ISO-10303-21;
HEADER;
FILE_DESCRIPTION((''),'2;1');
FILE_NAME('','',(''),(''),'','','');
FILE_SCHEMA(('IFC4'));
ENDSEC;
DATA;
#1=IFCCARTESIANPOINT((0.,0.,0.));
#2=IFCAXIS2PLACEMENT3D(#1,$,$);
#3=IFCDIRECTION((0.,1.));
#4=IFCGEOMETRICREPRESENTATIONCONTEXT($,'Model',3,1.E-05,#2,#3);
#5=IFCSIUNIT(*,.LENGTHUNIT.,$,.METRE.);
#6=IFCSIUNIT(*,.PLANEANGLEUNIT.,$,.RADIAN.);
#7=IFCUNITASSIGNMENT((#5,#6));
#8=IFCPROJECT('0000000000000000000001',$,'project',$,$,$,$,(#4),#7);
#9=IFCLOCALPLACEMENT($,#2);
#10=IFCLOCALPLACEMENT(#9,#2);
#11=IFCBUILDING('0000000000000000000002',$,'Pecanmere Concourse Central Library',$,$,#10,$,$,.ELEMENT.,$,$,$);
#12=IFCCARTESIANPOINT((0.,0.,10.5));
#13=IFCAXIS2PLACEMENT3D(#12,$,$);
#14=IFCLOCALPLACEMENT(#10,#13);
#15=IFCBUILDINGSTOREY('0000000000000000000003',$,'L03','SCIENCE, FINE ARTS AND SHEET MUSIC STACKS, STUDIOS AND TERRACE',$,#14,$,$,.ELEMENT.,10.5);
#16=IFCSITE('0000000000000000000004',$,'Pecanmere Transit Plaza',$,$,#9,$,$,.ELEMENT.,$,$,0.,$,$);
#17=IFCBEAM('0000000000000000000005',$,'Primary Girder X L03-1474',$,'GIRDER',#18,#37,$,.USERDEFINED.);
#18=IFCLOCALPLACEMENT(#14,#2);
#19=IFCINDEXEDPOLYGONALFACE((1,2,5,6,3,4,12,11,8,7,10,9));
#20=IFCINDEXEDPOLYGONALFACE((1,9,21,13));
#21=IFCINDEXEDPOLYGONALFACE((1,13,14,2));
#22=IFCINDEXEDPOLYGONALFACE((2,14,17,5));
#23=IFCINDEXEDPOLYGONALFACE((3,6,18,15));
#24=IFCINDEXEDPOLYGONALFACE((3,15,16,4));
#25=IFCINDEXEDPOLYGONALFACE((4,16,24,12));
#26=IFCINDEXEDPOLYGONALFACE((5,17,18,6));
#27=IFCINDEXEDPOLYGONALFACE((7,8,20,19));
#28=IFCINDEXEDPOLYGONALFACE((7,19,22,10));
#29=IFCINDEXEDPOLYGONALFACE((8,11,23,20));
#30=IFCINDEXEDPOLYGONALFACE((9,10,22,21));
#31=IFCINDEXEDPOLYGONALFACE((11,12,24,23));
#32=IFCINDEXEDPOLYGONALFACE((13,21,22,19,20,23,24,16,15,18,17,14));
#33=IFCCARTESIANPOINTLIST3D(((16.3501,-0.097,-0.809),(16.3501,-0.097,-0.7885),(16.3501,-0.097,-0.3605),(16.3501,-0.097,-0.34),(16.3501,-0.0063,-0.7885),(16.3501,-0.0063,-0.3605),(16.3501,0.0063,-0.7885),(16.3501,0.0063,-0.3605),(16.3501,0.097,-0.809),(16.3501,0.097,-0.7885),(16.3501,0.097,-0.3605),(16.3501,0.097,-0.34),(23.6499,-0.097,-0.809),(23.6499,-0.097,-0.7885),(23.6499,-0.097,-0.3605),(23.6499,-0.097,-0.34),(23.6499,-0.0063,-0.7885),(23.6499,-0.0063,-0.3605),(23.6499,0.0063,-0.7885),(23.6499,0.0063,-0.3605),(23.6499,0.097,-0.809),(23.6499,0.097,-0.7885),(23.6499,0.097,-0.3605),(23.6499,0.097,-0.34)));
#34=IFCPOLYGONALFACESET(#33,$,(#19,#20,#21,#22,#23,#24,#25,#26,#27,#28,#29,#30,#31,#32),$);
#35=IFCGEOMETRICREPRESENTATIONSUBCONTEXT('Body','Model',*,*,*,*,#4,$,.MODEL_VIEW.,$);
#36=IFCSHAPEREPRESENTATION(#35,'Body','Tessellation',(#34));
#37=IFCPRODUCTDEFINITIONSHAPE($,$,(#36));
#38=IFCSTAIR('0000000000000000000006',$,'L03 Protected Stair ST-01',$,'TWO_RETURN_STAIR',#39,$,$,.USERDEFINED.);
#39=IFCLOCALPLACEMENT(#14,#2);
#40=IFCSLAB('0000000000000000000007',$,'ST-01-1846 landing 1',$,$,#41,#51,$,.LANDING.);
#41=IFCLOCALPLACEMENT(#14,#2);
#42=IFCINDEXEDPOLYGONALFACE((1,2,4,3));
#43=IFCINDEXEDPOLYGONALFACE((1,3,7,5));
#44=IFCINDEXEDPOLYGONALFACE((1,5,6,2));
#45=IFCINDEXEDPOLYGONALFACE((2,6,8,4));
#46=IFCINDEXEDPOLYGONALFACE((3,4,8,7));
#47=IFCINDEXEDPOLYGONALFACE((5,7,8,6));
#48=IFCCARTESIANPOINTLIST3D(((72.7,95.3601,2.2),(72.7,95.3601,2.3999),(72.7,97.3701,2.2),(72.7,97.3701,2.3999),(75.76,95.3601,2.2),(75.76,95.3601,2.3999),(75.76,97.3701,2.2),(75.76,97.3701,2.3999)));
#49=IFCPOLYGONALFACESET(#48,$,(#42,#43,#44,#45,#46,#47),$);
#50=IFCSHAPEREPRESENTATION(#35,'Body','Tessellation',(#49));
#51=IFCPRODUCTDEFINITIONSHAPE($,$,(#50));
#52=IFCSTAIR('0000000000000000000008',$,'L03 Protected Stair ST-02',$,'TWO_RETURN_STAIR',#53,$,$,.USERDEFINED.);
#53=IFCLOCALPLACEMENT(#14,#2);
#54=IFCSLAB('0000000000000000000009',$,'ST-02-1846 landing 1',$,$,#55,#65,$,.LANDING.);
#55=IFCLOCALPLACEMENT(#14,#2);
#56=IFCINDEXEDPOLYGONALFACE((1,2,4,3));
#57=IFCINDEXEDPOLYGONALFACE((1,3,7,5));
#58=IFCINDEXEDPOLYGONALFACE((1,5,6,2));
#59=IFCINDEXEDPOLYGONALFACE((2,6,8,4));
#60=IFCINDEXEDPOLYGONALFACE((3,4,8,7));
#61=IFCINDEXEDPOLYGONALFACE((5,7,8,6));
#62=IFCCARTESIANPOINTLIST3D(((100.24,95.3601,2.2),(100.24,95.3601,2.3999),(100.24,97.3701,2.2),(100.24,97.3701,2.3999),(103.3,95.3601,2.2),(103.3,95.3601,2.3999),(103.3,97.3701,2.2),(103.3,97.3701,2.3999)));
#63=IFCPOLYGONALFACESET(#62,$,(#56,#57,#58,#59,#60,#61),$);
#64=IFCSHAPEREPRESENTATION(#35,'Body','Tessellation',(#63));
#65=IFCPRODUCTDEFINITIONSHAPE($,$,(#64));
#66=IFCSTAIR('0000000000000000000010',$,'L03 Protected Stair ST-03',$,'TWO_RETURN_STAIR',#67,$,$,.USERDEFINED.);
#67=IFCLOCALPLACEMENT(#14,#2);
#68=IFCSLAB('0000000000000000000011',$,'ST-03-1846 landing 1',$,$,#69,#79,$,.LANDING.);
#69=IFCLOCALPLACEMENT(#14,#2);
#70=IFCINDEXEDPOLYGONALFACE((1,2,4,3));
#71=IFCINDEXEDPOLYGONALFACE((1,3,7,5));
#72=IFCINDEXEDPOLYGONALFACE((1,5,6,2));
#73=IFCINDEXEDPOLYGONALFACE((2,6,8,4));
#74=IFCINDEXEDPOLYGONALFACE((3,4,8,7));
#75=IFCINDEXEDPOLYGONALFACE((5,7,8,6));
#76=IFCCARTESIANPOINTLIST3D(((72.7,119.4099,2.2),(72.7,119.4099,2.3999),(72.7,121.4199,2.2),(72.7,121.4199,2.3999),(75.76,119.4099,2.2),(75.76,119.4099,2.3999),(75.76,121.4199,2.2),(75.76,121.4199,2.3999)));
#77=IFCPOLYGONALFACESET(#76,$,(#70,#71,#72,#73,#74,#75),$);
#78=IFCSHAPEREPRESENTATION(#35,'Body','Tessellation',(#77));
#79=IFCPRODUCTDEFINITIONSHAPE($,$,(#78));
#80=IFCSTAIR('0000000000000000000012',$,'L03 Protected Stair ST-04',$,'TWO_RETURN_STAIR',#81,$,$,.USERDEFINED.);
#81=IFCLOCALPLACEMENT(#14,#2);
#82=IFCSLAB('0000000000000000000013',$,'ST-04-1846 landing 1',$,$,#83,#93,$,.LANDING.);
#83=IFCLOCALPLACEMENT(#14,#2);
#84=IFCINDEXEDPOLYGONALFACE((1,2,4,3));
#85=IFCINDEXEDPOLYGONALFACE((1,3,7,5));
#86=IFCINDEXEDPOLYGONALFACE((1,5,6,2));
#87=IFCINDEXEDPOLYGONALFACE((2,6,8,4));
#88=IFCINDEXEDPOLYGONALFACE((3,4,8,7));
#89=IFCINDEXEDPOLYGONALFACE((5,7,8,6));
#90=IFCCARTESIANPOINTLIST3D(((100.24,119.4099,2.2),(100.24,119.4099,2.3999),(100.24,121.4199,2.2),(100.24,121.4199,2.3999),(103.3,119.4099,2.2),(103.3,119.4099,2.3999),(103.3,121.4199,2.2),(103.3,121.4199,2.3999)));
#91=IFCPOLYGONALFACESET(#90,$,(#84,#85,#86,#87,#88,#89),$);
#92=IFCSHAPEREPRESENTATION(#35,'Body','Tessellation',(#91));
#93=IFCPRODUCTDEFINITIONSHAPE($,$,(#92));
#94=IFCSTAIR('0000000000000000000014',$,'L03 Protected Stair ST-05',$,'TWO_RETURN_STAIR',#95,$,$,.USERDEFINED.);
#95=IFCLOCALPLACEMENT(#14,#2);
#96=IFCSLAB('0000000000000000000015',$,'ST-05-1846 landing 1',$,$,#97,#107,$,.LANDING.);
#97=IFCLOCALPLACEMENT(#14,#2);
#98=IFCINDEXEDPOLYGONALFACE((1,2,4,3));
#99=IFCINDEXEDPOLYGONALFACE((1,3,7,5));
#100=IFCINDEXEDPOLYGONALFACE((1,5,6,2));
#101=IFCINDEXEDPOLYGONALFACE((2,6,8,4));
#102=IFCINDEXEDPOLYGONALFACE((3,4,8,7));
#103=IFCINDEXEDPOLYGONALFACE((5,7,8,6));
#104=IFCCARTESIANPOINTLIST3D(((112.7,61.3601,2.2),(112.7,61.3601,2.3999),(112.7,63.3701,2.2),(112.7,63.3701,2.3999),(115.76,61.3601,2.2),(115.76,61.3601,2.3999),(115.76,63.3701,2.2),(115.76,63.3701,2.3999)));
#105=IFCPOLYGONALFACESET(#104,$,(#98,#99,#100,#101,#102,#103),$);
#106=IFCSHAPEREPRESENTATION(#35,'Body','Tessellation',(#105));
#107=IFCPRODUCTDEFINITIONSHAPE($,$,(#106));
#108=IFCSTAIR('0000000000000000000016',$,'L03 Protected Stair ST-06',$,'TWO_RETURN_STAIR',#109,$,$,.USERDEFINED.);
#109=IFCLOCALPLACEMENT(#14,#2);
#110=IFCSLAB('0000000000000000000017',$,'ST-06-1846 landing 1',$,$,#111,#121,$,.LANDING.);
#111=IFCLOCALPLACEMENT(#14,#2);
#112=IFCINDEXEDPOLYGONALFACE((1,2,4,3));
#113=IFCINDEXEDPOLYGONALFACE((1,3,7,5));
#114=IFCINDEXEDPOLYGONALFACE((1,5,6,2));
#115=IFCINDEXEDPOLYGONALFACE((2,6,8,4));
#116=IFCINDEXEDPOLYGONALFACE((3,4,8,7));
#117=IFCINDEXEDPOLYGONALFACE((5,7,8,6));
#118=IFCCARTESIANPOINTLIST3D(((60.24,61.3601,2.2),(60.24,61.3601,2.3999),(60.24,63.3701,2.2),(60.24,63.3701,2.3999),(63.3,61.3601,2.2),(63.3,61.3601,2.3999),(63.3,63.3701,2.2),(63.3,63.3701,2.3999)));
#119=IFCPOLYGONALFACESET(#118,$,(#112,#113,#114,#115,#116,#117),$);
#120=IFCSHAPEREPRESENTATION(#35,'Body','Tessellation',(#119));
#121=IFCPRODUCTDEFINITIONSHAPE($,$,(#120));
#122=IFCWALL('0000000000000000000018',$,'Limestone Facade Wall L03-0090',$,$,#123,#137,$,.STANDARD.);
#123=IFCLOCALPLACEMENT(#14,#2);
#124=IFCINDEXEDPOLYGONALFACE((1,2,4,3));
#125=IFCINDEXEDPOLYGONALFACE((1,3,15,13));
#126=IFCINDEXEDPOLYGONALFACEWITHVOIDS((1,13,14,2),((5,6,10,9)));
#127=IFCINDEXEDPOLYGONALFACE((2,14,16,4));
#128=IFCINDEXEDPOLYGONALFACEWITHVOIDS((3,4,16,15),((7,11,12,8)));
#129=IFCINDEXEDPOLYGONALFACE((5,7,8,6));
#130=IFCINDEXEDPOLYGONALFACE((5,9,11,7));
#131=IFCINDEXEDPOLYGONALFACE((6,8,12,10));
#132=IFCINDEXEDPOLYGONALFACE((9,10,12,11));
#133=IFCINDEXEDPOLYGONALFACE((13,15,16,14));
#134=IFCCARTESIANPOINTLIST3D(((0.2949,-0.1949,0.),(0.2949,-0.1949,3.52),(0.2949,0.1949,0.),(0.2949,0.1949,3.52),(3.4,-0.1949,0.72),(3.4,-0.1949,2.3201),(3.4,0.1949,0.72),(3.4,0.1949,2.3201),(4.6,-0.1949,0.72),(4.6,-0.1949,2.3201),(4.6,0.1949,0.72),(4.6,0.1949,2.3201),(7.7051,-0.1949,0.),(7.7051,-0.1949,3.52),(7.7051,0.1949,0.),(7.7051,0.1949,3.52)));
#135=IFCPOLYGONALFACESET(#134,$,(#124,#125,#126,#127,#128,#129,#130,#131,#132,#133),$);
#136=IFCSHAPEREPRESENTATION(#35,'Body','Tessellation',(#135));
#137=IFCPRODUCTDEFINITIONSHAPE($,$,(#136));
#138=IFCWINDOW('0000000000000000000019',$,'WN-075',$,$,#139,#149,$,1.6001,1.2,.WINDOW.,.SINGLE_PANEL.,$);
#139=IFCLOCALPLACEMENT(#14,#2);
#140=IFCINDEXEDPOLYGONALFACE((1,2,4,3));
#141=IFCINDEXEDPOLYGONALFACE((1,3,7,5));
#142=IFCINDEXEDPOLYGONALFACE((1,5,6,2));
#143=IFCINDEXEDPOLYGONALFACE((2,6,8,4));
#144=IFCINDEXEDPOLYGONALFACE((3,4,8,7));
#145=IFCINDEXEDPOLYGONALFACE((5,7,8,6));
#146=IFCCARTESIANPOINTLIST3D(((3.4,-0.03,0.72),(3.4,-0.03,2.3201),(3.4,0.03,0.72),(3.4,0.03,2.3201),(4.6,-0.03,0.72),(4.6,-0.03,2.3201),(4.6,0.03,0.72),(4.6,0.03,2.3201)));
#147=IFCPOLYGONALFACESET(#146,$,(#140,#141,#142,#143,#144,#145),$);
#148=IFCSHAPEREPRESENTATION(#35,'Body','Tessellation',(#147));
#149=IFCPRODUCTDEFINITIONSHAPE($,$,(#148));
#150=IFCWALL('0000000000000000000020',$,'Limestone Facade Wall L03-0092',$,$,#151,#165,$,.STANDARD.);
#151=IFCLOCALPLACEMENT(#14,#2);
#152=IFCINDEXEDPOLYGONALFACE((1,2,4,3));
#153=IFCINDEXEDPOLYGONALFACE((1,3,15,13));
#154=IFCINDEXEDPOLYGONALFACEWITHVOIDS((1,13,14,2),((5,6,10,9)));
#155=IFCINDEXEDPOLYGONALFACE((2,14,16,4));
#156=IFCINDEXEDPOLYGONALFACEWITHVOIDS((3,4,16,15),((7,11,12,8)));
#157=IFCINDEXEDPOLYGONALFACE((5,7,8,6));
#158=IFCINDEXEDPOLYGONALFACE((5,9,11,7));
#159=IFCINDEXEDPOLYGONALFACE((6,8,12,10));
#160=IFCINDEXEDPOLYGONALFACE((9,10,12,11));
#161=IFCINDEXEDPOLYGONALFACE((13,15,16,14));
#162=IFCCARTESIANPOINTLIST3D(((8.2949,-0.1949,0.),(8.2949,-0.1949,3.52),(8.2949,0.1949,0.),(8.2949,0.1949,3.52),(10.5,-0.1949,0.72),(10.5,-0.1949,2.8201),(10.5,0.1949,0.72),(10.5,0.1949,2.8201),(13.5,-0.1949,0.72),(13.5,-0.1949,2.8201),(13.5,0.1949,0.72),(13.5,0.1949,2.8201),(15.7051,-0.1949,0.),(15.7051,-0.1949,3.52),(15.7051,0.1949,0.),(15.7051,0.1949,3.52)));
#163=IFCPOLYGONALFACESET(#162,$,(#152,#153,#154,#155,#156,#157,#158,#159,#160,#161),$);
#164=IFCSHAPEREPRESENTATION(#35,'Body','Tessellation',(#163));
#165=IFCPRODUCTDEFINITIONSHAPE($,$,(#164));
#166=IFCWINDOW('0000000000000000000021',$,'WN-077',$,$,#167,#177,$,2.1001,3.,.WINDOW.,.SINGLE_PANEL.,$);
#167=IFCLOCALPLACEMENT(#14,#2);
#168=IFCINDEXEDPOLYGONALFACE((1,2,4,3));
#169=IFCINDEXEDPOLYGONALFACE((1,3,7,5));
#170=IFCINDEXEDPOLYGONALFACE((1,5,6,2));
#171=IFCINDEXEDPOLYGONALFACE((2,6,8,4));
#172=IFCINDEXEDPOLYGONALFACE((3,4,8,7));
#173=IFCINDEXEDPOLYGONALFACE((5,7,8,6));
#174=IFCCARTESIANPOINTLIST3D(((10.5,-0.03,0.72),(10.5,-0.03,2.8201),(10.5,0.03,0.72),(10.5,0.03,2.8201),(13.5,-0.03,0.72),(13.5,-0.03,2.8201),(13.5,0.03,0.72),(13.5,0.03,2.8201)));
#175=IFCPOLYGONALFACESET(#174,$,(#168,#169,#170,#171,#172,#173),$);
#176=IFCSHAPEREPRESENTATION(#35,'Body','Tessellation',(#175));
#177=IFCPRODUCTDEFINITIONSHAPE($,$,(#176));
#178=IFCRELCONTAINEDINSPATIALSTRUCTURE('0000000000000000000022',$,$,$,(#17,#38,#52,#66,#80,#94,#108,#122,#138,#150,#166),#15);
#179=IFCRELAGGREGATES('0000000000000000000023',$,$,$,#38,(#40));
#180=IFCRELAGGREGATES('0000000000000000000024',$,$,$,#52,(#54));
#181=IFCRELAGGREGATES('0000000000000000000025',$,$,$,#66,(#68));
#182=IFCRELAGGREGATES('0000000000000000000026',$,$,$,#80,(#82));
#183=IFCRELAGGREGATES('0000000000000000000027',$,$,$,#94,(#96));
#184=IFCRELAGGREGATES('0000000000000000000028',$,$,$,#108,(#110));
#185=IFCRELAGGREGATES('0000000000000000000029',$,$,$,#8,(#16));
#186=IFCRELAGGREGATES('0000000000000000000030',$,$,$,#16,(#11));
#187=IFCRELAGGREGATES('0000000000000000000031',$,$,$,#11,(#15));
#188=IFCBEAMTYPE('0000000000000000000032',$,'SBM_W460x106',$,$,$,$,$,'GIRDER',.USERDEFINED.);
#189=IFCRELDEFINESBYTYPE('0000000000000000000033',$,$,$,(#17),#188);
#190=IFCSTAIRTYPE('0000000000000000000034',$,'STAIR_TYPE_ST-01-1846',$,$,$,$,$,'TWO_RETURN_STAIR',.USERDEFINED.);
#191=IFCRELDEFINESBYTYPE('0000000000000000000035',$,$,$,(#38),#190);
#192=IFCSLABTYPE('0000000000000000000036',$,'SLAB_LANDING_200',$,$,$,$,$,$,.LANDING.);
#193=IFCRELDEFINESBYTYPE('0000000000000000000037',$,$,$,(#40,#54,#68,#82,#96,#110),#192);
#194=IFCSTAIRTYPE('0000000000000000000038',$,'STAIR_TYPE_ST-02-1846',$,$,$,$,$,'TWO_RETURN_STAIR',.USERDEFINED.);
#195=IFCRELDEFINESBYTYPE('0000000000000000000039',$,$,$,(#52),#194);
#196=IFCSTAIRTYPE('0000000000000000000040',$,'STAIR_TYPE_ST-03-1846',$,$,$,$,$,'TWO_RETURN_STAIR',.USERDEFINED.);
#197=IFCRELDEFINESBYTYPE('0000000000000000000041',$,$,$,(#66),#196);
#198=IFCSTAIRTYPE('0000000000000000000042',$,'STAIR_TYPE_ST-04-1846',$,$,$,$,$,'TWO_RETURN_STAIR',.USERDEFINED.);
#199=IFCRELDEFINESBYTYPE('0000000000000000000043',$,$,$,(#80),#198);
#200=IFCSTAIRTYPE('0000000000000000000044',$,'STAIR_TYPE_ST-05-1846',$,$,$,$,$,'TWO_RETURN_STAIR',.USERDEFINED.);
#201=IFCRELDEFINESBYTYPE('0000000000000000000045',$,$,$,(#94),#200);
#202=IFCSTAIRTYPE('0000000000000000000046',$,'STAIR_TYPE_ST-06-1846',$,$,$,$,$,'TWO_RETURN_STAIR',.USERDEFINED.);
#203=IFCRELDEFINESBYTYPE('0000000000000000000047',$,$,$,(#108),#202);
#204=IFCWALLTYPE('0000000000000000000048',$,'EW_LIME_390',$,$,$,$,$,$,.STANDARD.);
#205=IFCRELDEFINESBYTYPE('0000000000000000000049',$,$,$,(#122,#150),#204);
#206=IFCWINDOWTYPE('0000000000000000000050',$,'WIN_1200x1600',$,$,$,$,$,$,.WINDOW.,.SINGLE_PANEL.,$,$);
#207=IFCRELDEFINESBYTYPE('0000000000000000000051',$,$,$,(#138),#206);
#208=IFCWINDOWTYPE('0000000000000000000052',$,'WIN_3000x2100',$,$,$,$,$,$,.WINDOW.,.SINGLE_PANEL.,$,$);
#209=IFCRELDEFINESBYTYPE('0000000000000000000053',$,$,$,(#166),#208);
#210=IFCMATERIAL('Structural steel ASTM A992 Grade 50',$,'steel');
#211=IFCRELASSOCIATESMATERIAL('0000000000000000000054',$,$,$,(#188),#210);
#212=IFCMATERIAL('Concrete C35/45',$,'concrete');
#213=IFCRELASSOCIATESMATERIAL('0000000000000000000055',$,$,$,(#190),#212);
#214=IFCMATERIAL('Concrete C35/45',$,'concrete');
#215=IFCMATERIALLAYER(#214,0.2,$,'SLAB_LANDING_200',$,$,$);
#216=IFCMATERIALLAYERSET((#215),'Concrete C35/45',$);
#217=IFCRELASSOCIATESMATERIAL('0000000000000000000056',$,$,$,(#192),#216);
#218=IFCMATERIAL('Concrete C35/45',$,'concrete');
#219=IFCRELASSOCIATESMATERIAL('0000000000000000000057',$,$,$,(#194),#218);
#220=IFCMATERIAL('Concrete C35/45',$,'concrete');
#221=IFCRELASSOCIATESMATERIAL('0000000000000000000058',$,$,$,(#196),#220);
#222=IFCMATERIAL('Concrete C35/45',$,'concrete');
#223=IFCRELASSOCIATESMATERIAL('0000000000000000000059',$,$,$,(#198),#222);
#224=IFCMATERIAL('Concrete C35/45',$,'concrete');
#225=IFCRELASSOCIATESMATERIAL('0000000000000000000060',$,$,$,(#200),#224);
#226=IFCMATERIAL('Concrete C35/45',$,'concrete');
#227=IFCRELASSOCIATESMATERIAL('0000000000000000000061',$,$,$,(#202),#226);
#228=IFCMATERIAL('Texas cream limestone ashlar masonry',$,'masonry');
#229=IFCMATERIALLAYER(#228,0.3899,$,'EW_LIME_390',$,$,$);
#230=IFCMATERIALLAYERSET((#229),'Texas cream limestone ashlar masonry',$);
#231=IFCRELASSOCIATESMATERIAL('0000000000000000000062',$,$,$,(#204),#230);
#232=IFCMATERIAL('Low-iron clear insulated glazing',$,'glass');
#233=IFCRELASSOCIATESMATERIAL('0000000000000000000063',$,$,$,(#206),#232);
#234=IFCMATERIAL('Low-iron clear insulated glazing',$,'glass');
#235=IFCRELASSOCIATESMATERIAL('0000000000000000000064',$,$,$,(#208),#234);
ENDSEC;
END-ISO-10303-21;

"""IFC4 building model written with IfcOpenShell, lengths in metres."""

from ifc_helpers import new_model, si_unit, direction, frame, frame_2d, origin, origin_2d, place, context, subcontext, project, spatial, polyline, rectangle, i_section, outline, extrude, material, layer, layer_set, material_profile, profile_set, type_object, element, fill, aggregate, save


model = new_model("IFC4")

# Units and contexts
model_context = context("Model", 3, precision=1e-05, world=origin(), true_north=direction((0.0, 1.0)))
body_context = subcontext(model_context, "Body", "Model", "MODEL_VIEW")
ifc_project = project(units=[si_unit("LENGTHUNIT", "METRE"), si_unit("PLANEANGLEUNIT", "RADIAN")], contexts=[model_context])

# Site, building, storey
site_placement = place(None, origin())
site = spatial("IfcSite", under=ifc_project, at=site_placement, Name="Pecanmere Transit Plaza", CompositionType="ELEMENT", RefElevation=0.0)
building_placement = place(site_placement, origin())
building = spatial("IfcBuilding", under=site, at=building_placement, Name="Pecanmere Concourse Central Library", CompositionType="ELEMENT")
storey_placement = place(building_placement, frame((0.0, 0.0, 10.5)))
storey = spatial("IfcBuildingStorey", under=building, at=storey_placement, Name="L03", Description="SCIENCE, FINE ARTS AND SHEET MUSIC STACKS, STUDIOS AND TERRACE", CompositionType="ELEMENT", Elevation=10.5)

# Beam
ifc_material_1 = material(Name="Structural steel ASTM A992 Grade 50", Category="steel")
ifc_material_profile_1 = material_profile(ifc_material_1, i_section(OverallWidth=0.1941, OverallDepth=0.469, WebThickness=0.0127, FlangeThickness=0.0205, at=origin_2d()), Name="W460x106")
ifc_profile_set_1 = profile_set([ifc_material_profile_1], Name="Structural steel ASTM A992 Grade 50")
beam_type_1 = type_object("IfcBeamType", Name="SBM_W460x106", ElementType="GIRDER", PredefinedType="USERDEFINED", material=ifc_profile_set_1)
for number, where, z_axis, x_axis, name in (
    (1, (16.3501, 0.0, -0.5745), (1.0, 0.0, 0.0), (0.0, 1.0, 0.0), "Primary Girder X L03-1474"),
):
    element("IfcBeam", number, at=place(storey_placement, frame(where, z_axis=z_axis, x_axis=x_axis)), inside=storey, type_object=beam_type_1, Name=name, ObjectType="GIRDER", PredefinedType="USERDEFINED", context=body_context, shape_type="SweptSolid", body=[
        extrude(i_section(OverallWidth=0.1941, OverallDepth=0.469, WebThickness=0.0127, FlangeThickness=0.0205, at=origin_2d()), origin(), (0.0, 0.0, 1.0), 7.2998),
    ])

# Stairs, slabs
ifc_material_2 = material(Name="Concrete C35/45", Category="concrete")
stair_type_1 = type_object("IfcStairType", Name="STAIR_TYPE_ST-01-1846", ElementType="TWO_RETURN_STAIR", PredefinedType="USERDEFINED", material=ifc_material_2)
stair_1_placement = place(storey_placement, origin())
stair_1 = element("IfcStair", 2, at=stair_1_placement, inside=storey, type_object=stair_type_1, Name="L03 Protected Stair ST-01", ObjectType="TWO_RETURN_STAIR", PredefinedType="USERDEFINED")
ifc_material_3 = material(Name="Concrete C35/45", Category="concrete")
ifc_layer_1 = layer(ifc_material_3, 0.2, Name="SLAB_LANDING_200")
ifc_layer_set_1 = layer_set([ifc_layer_1], Name="Concrete C35/45")
slab_type = type_object("IfcSlabType", Name="SLAB_LANDING_200", PredefinedType="LANDING", material=ifc_layer_set_1)
slab_1_placement = place(storey_placement, frame((0.0, 0.0, 2.2)))
slab_1 = element("IfcSlab", 3, at=slab_1_placement, type_object=slab_type, Name="ST-01-1846 landing 1", PredefinedType="LANDING", context=body_context, shape_type="SweptSolid", body=[
    extrude(outline(polyline([(75.76, 95.3601), (75.76, 97.3701), (72.7, 97.3701), (72.7, 95.3601), (75.76, 95.3601)])), origin(), (0.0, 0.0, 1.0), 0.2),
])
aggregate(stair_1, [slab_1])
ifc_material_4 = material(Name="Concrete C35/45", Category="concrete")
stair_type_2 = type_object("IfcStairType", Name="STAIR_TYPE_ST-02-1846", ElementType="TWO_RETURN_STAIR", PredefinedType="USERDEFINED", material=ifc_material_4)
stair_2_placement = place(storey_placement, origin())
stair_2 = element("IfcStair", 4, at=stair_2_placement, inside=storey, type_object=stair_type_2, Name="L03 Protected Stair ST-02", ObjectType="TWO_RETURN_STAIR", PredefinedType="USERDEFINED")
slab_2_placement = place(storey_placement, frame((0.0, 0.0, 2.2)))
slab_2 = element("IfcSlab", 5, at=slab_2_placement, type_object=slab_type, Name="ST-02-1846 landing 1", PredefinedType="LANDING", context=body_context, shape_type="SweptSolid", body=[
    extrude(outline(polyline([(103.3, 95.3601), (103.3, 97.3701), (100.24, 97.3701), (100.24, 95.3601), (103.3, 95.3601)])), origin(), (0.0, 0.0, 1.0), 0.2),
])
aggregate(stair_2, [slab_2])
ifc_material_5 = material(Name="Concrete C35/45", Category="concrete")
stair_type_3 = type_object("IfcStairType", Name="STAIR_TYPE_ST-03-1846", ElementType="TWO_RETURN_STAIR", PredefinedType="USERDEFINED", material=ifc_material_5)
stair_3_placement = place(storey_placement, origin())
stair_3 = element("IfcStair", 6, at=stair_3_placement, inside=storey, type_object=stair_type_3, Name="L03 Protected Stair ST-03", ObjectType="TWO_RETURN_STAIR", PredefinedType="USERDEFINED")
slab_3_placement = place(storey_placement, frame((0.0, 0.0, 2.2)))
slab_3 = element("IfcSlab", 7, at=slab_3_placement, type_object=slab_type, Name="ST-03-1846 landing 1", PredefinedType="LANDING", context=body_context, shape_type="SweptSolid", body=[
    extrude(outline(polyline([(75.76, 119.4099), (75.76, 121.4199), (72.7, 121.4199), (72.7, 119.4099), (75.76, 119.4099)])), origin(), (0.0, 0.0, 1.0), 0.2),
])
aggregate(stair_3, [slab_3])
ifc_material_6 = material(Name="Concrete C35/45", Category="concrete")
stair_type_4 = type_object("IfcStairType", Name="STAIR_TYPE_ST-04-1846", ElementType="TWO_RETURN_STAIR", PredefinedType="USERDEFINED", material=ifc_material_6)
stair_4_placement = place(storey_placement, origin())
stair_4 = element("IfcStair", 8, at=stair_4_placement, inside=storey, type_object=stair_type_4, Name="L03 Protected Stair ST-04", ObjectType="TWO_RETURN_STAIR", PredefinedType="USERDEFINED")
slab_4_placement = place(storey_placement, frame((0.0, 0.0, 2.2)))
slab_4 = element("IfcSlab", 9, at=slab_4_placement, type_object=slab_type, Name="ST-04-1846 landing 1", PredefinedType="LANDING", context=body_context, shape_type="SweptSolid", body=[
    extrude(outline(polyline([(103.3, 119.4099), (103.3, 121.4199), (100.24, 121.4199), (100.24, 119.4099), (103.3, 119.4099)])), origin(), (0.0, 0.0, 1.0), 0.2),
])
aggregate(stair_4, [slab_4])
ifc_material_7 = material(Name="Concrete C35/45", Category="concrete")
stair_type_5 = type_object("IfcStairType", Name="STAIR_TYPE_ST-05-1846", ElementType="TWO_RETURN_STAIR", PredefinedType="USERDEFINED", material=ifc_material_7)
stair_5_placement = place(storey_placement, origin())
stair_5 = element("IfcStair", 10, at=stair_5_placement, inside=storey, type_object=stair_type_5, Name="L03 Protected Stair ST-05", ObjectType="TWO_RETURN_STAIR", PredefinedType="USERDEFINED")
slab_5_placement = place(storey_placement, frame((0.0, 0.0, 2.2)))
slab_5 = element("IfcSlab", 11, at=slab_5_placement, type_object=slab_type, Name="ST-05-1846 landing 1", PredefinedType="LANDING", context=body_context, shape_type="SweptSolid", body=[
    extrude(outline(polyline([(115.76, 61.3601), (115.76, 63.3701), (112.7, 63.3701), (112.7, 61.3601), (115.76, 61.3601)])), origin(), (0.0, 0.0, 1.0), 0.2),
])
aggregate(stair_5, [slab_5])
ifc_material_8 = material(Name="Concrete C35/45", Category="concrete")
stair_type_6 = type_object("IfcStairType", Name="STAIR_TYPE_ST-06-1846", ElementType="TWO_RETURN_STAIR", PredefinedType="USERDEFINED", material=ifc_material_8)
stair_6_placement = place(storey_placement, origin())
stair_6 = element("IfcStair", 12, at=stair_6_placement, inside=storey, type_object=stair_type_6, Name="L03 Protected Stair ST-06", ObjectType="TWO_RETURN_STAIR", PredefinedType="USERDEFINED")
slab_6_placement = place(storey_placement, frame((0.0, 0.0, 2.2)))
slab_6 = element("IfcSlab", 13, at=slab_6_placement, type_object=slab_type, Name="ST-06-1846 landing 1", PredefinedType="LANDING", context=body_context, shape_type="SweptSolid", body=[
    extrude(outline(polyline([(63.3, 61.3601), (63.3, 63.3701), (60.24, 63.3701), (60.24, 61.3601), (63.3, 61.3601)])), origin(), (0.0, 0.0, 1.0), 0.2),
])
aggregate(stair_6, [slab_6])

# Walls, openings, windows
ifc_material_9 = material(Name="Texas cream limestone ashlar masonry", Category="masonry")
ifc_layer_2 = layer(ifc_material_9, 0.3899, Name="EW_LIME_390")
ifc_layer_set_2 = layer_set([ifc_layer_2], Name="Texas cream limestone ashlar masonry")
wall_type = type_object("IfcWallType", Name="EW_LIME_390", PredefinedType="STANDARD", material=ifc_layer_set_2)
wall_1_placement = place(storey_placement, frame((0.2949, 0.0, 0.0), z_axis=(0.0, 0.0, 1.0), x_axis=(1.0, 0.0, 0.0)))
wall_1 = element("IfcWall", 14, at=wall_1_placement, inside=storey, type_object=wall_type, Name="Limestone Facade Wall L03-0090", PredefinedType="STANDARD", context=body_context, shape_type="SweptSolid", body=[
    extrude(rectangle(XDim=7.4102, YDim=0.3899, at=frame_2d((3.7051, 0.0))), origin(), (0.0, 0.0, 1.0), 3.52),
])
opening_1_placement = place(wall_1_placement, frame((3.105, 0.0, 0.72)))
opening_1 = element("IfcOpeningElement", 15, at=opening_1_placement, cuts=wall_1, PredefinedType="OPENING", context=body_context, shape_type="SweptSolid", body=[
    extrude(rectangle(XDim=1.2, YDim=1.6001, at=frame_2d((0.6001, 0.8))), frame((0.0, 0.207, 0.0), z_axis=(0.0, -1.0, 0.0), x_axis=(1.0, 0.0, 0.0)), (0.0, 0.0, 1.0), 0.4138),
])
ifc_material_10 = material(Name="Low-iron clear insulated glazing", Category="glass")
window_type_1 = type_object("IfcWindowType", Name="WIN_1200x1600", PartitioningType="SINGLE_PANEL", PredefinedType="WINDOW", material=ifc_material_10)
window_1_placement = place(opening_1_placement, origin())
window_1 = element("IfcWindow", 16, at=window_1_placement, inside=storey, type_object=window_type_1, Name="WN-075", OverallHeight=1.6001, OverallWidth=1.2, PartitioningType="SINGLE_PANEL", PredefinedType="WINDOW", context=body_context, shape_type="SweptSolid", body=[
    extrude(rectangle(XDim=1.2, YDim=1.6001, at=frame_2d((0.6001, 0.8))), frame((0.0, 0.03, 0.0), z_axis=(0.0, -1.0, 0.0), x_axis=(1.0, 0.0, 0.0)), (0.0, 0.0, 1.0), 0.0601),
])
fill(opening_1, window_1)
wall_2_placement = place(storey_placement, frame((8.2949, 0.0, 0.0), z_axis=(0.0, 0.0, 1.0), x_axis=(1.0, 0.0, 0.0)))
wall_2 = element("IfcWall", 17, at=wall_2_placement, inside=storey, type_object=wall_type, Name="Limestone Facade Wall L03-0092", PredefinedType="STANDARD", context=body_context, shape_type="SweptSolid", body=[
    extrude(rectangle(XDim=7.4102, YDim=0.3899, at=frame_2d((3.7051, 0.0))), origin(), (0.0, 0.0, 1.0), 3.52),
])
opening_2_placement = place(wall_2_placement, frame((2.2051, 0.0, 0.72)))
opening_2 = element("IfcOpeningElement", 18, at=opening_2_placement, cuts=wall_2, PredefinedType="OPENING", context=body_context, shape_type="SweptSolid", body=[
    extrude(rectangle(XDim=3.0, YDim=2.1001, at=frame_2d((1.5, 1.05))), frame((0.0, 0.207, 0.0), z_axis=(0.0, -1.0, 0.0), x_axis=(1.0, 0.0, 0.0)), (0.0, 0.0, 1.0), 0.4138),
])
ifc_material_11 = material(Name="Low-iron clear insulated glazing", Category="glass")
window_type_2 = type_object("IfcWindowType", Name="WIN_3000x2100", PartitioningType="SINGLE_PANEL", PredefinedType="WINDOW", material=ifc_material_11)
window_2_placement = place(opening_2_placement, origin())
window_2 = element("IfcWindow", 19, at=window_2_placement, inside=storey, type_object=window_type_2, Name="WN-077", OverallHeight=2.1001, OverallWidth=3.0, PartitioningType="SINGLE_PANEL", PredefinedType="WINDOW", context=body_context, shape_type="SweptSolid", body=[
    extrude(rectangle(XDim=3.0, YDim=2.1001, at=frame_2d((1.5, 1.05))), frame((0.0, 0.03, 0.0), z_axis=(0.0, -1.0, 0.0), x_axis=(1.0, 0.0, 0.0)), (0.0, 0.0, 1.0), 0.0601),
])
fill(opening_2, window_2)

save(model, "model.ifc")
